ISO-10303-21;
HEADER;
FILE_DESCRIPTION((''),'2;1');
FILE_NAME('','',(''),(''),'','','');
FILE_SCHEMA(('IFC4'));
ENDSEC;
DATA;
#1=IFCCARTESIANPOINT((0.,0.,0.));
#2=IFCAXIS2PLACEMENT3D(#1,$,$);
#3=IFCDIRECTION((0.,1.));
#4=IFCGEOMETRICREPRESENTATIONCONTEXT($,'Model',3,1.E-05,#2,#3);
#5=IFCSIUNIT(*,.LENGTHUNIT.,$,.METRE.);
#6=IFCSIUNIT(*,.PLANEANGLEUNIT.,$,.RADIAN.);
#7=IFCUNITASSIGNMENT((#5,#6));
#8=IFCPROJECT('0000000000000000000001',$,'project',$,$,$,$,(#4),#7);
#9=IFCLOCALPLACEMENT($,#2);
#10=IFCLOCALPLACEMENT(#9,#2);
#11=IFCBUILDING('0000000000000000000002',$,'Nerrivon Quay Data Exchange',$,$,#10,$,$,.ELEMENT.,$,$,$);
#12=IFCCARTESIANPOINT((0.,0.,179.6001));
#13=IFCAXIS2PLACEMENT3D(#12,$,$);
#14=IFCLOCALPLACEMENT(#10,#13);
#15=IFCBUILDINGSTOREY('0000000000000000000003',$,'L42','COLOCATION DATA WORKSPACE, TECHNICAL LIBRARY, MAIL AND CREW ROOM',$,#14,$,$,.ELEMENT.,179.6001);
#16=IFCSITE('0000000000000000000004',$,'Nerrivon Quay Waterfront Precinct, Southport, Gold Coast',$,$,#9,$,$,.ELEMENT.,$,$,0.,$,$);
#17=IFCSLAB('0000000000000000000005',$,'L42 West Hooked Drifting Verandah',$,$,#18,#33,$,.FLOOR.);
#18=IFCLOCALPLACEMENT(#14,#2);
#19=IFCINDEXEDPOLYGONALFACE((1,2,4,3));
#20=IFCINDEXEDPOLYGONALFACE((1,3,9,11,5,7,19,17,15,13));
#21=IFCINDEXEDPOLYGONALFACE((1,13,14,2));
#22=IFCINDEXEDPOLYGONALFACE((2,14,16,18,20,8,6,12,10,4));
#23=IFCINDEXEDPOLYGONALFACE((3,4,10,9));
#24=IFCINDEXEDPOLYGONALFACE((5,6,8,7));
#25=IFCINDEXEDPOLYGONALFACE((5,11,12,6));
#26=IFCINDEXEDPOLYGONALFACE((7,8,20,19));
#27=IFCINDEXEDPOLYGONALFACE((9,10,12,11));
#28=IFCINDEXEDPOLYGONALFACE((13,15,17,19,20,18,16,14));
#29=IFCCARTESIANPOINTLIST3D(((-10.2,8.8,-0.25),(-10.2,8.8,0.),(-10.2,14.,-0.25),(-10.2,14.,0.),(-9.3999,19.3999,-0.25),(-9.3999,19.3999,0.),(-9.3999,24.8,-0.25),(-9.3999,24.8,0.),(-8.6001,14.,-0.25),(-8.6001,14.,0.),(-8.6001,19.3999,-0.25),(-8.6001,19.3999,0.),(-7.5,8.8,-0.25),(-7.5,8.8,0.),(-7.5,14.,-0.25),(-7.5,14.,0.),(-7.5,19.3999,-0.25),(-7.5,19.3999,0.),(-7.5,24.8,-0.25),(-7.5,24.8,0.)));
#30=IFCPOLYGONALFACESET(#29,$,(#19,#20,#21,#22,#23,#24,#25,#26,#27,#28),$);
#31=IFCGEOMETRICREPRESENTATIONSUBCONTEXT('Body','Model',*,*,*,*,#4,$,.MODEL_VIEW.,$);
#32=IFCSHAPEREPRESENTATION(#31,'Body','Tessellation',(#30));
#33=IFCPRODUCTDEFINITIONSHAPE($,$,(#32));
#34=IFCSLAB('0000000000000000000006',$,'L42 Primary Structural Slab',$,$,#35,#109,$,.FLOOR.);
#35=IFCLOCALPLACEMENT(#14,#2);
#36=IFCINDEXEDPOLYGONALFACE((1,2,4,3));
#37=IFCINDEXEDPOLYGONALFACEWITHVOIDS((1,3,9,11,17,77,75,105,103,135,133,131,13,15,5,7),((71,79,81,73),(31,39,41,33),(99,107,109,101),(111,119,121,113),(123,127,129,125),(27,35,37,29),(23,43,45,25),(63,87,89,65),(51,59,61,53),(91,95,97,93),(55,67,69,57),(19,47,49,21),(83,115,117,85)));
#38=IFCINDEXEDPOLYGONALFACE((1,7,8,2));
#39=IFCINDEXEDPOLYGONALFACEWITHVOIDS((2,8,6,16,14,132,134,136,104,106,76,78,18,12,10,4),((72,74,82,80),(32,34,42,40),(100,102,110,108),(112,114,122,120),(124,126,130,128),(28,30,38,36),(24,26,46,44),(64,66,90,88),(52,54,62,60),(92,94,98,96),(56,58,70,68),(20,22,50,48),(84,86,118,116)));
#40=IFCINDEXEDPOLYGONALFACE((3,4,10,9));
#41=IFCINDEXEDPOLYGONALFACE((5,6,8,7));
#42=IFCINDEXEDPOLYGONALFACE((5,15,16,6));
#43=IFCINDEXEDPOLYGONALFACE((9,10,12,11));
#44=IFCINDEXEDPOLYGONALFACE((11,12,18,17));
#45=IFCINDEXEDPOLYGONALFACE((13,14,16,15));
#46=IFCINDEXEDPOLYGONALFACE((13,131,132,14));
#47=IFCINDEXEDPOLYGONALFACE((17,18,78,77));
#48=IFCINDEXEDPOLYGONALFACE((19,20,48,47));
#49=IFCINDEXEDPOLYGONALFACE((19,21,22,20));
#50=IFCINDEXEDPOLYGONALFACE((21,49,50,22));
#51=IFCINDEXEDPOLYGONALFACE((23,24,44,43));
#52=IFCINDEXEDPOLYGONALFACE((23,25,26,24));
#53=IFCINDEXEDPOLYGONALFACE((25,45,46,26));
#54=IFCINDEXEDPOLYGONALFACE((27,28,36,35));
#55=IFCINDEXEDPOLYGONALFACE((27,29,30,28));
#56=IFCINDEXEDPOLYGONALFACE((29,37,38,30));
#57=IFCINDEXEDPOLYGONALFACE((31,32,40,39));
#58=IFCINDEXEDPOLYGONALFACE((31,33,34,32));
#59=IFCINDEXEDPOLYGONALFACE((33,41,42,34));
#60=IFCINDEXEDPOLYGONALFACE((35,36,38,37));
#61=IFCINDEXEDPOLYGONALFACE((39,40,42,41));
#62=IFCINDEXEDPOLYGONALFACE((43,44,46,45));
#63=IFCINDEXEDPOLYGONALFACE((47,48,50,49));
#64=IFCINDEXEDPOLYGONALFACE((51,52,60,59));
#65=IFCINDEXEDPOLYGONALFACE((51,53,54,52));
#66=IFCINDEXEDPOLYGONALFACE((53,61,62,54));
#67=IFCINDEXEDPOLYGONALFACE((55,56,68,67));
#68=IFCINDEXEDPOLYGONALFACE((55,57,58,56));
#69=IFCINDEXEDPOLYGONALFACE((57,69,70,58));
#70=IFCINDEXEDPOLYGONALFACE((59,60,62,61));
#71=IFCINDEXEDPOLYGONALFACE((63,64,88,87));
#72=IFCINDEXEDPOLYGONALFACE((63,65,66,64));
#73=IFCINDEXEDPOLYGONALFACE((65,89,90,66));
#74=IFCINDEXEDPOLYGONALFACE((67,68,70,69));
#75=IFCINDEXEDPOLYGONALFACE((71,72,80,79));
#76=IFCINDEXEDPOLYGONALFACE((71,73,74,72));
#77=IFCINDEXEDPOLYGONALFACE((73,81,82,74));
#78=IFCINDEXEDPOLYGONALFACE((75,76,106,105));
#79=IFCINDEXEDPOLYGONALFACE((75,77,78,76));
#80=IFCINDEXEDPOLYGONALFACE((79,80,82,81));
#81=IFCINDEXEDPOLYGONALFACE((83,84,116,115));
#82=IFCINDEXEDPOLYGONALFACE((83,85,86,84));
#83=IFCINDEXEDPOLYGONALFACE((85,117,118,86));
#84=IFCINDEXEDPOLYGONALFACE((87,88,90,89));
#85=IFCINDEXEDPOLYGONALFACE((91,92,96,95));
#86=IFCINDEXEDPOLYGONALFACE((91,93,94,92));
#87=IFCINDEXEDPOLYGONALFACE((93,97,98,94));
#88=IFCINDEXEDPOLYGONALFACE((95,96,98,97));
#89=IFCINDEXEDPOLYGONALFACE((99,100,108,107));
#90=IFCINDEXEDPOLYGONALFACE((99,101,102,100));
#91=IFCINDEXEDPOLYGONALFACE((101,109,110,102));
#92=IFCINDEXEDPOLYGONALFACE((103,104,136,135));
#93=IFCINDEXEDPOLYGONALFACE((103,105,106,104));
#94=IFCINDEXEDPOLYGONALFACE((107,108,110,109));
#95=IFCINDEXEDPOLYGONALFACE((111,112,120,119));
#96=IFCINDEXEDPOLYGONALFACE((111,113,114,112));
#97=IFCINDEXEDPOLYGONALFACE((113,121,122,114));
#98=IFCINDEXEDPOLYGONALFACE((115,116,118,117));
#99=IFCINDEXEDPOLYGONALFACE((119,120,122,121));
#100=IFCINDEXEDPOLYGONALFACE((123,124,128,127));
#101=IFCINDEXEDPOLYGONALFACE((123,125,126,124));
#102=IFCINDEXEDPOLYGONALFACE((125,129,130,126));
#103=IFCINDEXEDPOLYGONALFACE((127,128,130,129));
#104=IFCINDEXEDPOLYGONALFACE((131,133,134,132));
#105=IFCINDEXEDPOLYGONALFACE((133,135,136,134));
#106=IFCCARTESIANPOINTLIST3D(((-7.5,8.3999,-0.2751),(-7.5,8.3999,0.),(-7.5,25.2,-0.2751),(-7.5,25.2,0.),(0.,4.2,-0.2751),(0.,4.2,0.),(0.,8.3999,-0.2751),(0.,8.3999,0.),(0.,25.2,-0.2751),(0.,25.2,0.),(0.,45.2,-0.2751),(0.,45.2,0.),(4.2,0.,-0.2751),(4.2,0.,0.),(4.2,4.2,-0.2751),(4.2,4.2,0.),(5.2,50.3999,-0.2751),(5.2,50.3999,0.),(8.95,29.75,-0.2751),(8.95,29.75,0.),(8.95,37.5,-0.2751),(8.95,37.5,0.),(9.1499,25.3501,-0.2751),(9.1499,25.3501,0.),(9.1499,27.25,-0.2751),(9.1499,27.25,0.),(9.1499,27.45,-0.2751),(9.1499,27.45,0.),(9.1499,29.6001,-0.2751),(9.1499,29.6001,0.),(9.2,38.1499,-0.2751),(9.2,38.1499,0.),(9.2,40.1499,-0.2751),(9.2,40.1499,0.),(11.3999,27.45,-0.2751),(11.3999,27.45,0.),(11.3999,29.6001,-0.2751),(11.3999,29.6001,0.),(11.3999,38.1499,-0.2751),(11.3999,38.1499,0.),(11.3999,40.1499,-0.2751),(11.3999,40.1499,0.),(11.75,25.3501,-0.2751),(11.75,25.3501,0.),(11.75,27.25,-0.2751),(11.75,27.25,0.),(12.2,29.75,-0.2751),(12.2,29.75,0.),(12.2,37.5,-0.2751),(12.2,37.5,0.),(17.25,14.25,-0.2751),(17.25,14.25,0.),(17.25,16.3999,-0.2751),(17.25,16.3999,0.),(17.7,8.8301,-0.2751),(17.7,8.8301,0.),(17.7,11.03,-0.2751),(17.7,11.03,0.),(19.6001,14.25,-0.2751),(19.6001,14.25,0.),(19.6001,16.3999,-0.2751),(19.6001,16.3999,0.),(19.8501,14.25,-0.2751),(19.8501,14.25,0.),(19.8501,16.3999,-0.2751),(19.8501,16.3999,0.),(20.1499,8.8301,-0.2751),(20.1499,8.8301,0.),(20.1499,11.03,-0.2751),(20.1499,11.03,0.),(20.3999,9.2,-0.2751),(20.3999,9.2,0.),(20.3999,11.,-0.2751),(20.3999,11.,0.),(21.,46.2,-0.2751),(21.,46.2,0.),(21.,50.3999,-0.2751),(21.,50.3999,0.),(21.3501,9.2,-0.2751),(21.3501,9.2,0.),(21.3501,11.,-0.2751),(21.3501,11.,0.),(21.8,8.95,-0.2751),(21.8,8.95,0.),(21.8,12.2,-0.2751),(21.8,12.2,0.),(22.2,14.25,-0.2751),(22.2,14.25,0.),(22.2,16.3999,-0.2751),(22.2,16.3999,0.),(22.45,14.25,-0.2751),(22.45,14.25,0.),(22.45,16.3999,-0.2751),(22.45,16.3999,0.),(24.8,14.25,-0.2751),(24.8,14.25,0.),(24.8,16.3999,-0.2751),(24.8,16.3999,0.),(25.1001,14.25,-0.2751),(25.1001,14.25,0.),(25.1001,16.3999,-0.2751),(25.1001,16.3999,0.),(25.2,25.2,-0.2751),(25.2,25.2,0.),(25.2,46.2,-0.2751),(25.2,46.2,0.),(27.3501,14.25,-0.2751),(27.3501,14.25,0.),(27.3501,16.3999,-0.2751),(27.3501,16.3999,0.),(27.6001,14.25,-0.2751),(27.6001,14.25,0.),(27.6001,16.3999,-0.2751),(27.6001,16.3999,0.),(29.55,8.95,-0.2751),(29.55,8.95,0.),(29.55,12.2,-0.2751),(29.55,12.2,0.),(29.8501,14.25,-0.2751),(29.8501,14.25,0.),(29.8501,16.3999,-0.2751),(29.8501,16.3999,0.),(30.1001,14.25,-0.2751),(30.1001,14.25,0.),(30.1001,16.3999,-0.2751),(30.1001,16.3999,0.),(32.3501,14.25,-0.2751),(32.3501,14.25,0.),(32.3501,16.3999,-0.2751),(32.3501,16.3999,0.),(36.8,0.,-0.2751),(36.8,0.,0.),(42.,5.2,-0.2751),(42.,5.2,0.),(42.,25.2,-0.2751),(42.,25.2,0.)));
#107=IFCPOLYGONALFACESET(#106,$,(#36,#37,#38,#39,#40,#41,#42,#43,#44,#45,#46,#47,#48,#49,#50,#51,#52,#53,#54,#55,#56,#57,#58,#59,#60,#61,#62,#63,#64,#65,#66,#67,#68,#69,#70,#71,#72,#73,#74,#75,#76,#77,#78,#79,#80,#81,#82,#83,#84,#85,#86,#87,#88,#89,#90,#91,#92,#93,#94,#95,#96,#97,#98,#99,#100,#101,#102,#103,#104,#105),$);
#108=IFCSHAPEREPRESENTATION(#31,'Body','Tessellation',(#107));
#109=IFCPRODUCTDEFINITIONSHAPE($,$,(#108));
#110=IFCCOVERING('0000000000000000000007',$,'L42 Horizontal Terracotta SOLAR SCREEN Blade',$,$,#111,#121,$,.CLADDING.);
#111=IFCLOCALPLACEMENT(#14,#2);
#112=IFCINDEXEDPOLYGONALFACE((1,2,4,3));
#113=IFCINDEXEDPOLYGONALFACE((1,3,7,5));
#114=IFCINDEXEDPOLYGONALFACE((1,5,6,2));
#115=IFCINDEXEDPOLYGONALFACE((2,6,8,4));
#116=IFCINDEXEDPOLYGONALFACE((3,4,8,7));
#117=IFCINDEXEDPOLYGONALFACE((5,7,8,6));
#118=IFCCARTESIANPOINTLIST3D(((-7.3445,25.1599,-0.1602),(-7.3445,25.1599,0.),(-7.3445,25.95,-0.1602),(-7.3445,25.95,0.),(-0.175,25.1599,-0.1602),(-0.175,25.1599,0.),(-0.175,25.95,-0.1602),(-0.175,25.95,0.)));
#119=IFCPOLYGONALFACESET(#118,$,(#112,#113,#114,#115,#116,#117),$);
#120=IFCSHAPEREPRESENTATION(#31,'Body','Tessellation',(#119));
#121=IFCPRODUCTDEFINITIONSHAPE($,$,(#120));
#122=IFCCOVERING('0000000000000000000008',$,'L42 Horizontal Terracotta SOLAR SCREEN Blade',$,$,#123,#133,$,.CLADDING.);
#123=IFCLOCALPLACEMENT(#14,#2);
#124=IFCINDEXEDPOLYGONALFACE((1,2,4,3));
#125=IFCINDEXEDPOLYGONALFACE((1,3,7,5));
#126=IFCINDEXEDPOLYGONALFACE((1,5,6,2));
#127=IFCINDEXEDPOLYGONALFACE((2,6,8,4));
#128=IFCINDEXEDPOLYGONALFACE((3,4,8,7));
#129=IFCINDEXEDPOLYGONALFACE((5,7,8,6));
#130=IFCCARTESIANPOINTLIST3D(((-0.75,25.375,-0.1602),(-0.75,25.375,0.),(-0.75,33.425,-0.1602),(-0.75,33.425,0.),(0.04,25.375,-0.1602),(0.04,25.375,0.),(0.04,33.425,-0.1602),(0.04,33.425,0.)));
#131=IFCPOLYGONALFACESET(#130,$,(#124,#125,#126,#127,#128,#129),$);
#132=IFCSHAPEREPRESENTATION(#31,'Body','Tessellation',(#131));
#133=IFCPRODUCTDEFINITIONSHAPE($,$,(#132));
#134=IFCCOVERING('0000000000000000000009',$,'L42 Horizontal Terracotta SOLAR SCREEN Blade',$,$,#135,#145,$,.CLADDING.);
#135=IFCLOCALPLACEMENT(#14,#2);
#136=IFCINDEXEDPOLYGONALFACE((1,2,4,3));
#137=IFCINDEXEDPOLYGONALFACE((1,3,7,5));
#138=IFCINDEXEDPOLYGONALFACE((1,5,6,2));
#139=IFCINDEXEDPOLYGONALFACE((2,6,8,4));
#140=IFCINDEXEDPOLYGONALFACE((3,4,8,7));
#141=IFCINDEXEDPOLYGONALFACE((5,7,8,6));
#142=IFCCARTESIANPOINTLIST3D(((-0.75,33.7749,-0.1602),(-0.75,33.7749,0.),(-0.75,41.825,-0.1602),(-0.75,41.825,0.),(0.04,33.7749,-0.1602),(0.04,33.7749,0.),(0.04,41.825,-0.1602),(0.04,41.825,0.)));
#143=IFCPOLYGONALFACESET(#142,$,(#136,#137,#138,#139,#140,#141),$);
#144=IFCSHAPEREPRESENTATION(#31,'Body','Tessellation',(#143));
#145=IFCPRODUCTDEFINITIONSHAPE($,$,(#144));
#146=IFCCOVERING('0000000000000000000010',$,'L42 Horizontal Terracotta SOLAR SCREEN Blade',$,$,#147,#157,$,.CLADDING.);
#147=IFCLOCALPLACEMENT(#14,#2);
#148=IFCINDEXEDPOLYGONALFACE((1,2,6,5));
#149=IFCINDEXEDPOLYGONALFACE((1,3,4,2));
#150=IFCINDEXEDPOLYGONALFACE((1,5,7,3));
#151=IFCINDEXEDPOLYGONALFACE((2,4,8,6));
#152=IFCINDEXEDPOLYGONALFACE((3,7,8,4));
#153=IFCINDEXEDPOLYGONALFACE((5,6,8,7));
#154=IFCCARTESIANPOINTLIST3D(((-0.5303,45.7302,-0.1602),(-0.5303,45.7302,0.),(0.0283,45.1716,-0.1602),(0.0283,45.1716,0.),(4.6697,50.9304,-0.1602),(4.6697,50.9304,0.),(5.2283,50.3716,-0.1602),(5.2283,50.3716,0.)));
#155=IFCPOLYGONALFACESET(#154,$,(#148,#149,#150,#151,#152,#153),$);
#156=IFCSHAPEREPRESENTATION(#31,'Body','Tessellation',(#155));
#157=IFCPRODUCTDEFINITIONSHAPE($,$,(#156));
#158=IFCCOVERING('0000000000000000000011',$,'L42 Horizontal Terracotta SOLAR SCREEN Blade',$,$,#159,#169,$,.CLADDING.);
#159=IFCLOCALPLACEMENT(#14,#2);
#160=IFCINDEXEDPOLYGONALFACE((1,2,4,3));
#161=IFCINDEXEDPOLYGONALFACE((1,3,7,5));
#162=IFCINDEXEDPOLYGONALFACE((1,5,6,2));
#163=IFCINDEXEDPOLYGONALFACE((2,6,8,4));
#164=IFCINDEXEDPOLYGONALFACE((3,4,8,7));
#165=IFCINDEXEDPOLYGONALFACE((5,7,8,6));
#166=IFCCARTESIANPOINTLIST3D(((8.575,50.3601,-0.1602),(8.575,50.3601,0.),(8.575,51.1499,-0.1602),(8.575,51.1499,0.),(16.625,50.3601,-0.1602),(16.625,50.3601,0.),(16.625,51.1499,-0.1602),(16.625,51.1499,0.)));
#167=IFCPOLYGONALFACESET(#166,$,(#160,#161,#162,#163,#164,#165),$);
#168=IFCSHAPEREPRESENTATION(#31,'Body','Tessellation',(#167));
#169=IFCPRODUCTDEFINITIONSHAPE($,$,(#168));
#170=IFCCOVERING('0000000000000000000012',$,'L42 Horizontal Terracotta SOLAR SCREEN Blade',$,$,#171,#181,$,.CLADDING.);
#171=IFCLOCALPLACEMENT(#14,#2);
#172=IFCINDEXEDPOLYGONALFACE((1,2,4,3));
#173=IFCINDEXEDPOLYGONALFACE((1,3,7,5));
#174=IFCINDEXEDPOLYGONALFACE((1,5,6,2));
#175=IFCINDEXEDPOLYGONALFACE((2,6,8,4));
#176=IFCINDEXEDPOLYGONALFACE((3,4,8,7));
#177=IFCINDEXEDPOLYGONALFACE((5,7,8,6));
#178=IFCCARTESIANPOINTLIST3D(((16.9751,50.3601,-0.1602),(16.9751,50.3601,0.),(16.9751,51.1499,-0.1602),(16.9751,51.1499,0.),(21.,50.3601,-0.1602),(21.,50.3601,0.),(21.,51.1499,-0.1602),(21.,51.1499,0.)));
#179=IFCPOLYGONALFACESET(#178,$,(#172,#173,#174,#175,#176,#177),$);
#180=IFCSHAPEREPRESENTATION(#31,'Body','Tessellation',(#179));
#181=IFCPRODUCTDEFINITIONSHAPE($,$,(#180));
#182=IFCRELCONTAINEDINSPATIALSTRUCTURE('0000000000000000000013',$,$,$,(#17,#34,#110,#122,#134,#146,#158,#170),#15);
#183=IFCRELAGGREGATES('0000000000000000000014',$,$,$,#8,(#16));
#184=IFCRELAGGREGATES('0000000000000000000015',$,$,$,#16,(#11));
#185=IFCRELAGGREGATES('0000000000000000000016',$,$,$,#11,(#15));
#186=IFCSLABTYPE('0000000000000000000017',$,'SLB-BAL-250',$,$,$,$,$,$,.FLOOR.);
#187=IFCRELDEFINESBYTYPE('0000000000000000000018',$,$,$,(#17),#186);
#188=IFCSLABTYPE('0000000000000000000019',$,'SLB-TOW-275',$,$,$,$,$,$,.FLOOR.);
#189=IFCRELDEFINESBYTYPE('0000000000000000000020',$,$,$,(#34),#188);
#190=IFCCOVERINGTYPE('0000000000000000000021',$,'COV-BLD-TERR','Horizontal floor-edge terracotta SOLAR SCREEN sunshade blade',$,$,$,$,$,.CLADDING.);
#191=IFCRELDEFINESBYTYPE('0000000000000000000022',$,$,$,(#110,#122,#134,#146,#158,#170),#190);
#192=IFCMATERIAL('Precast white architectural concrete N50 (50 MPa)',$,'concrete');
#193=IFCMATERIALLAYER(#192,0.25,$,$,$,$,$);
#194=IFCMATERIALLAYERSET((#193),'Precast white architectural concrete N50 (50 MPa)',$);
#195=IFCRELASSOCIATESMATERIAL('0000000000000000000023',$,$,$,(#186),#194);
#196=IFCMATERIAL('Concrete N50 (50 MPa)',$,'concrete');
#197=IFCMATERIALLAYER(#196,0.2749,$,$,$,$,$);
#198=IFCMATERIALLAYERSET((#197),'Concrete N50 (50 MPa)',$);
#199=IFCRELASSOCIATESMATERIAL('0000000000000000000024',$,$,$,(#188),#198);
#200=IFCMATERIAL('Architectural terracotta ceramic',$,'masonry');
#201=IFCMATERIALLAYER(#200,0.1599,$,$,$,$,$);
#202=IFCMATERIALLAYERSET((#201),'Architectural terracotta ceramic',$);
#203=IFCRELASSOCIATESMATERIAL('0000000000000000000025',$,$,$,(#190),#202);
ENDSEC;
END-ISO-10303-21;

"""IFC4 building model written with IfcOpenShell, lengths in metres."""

from ifc_helpers import new_model, si_unit, direction, frame, origin, place, context, subcontext, project, spatial, polyline, outline, extrude, material, layer, layer_set, type_object, element, save


model = new_model("IFC4")

# Units and contexts
model_context = context("Model", 3, precision=1e-05, world=origin(), true_north=direction((0.0, 1.0)))
body_context = subcontext(model_context, "Body", "Model", "MODEL_VIEW")
ifc_project = project(units=[si_unit("LENGTHUNIT", "METRE"), si_unit("PLANEANGLEUNIT", "RADIAN")], contexts=[model_context])

# Site, building, storey
site_placement = place(None, origin())
site = spatial("IfcSite", under=ifc_project, at=site_placement, Name="Nerrivon Quay Waterfront Precinct, Southport, Gold Coast", CompositionType="ELEMENT", RefElevation=0.0)
building_placement = place(site_placement, origin())
building = spatial("IfcBuilding", under=site, at=building_placement, Name="Nerrivon Quay Data Exchange", CompositionType="ELEMENT")
storey_placement = place(building_placement, frame((0.0, 0.0, 179.6001)))
storey = spatial("IfcBuildingStorey", under=building, at=storey_placement, Name="L42", Description="COLOCATION DATA WORKSPACE, TECHNICAL LIBRARY, MAIL AND CREW ROOM", CompositionType="ELEMENT", Elevation=179.6001)

# Slabs
ifc_material_1 = material(Name="Precast white architectural concrete N50 (50 MPa)", Category="concrete")
ifc_layer_1 = layer(ifc_material_1, 0.25)
ifc_layer_set_1 = layer_set([ifc_layer_1], Name="Precast white architectural concrete N50 (50 MPa)")
slab_type_1 = type_object("IfcSlabType", Name="SLB-BAL-250", PredefinedType="FLOOR", material=ifc_layer_set_1)
slab_1_placement = place(storey_placement, frame((0.0, 0.0, -0.25)))
element("IfcSlab", 1, at=slab_1_placement, inside=storey, type_object=slab_type_1, Name="L42 West Hooked Drifting Verandah", PredefinedType="FLOOR", context=body_context, shape_type="SweptSolid", body=[
    extrude(outline(polyline([(-7.5, 14.0), (-7.5, 19.3999), (-7.5, 24.8), (-9.3999, 24.8), (-9.3999, 19.3999), (-8.6001, 19.3999), (-8.6001, 14.0), (-10.2, 14.0), (-10.2, 8.8), (-7.5, 8.8), (-7.5, 14.0)])), origin(), (0.0, 0.0, 1.0), 0.25),
])
ifc_material_2 = material(Name="Concrete N50 (50 MPa)", Category="concrete")
ifc_layer_2 = layer(ifc_material_2, 0.2749)
ifc_layer_set_2 = layer_set([ifc_layer_2], Name="Concrete N50 (50 MPa)")
slab_type_2 = type_object("IfcSlabType", Name="SLB-TOW-275", PredefinedType="FLOOR", material=ifc_layer_set_2)
slab_2_placement = place(storey_placement, frame((0.0, 0.0, -0.2751)))
element("IfcSlab", 2, at=slab_2_placement, inside=storey, type_object=slab_type_2, Name="L42 Primary Structural Slab", PredefinedType="FLOOR", context=body_context, shape_type="SweptSolid", body=[
    extrude(outline(polyline([(0.0, 8.3999), (0.0, 4.2), (4.2, 4.2), (4.2, 0.0), (36.8, 0.0), (42.0, 5.2), (42.0, 25.2), (25.2, 25.2), (25.2, 46.2), (21.0, 46.2), (21.0, 50.3999), (5.2, 50.3999), (0.0, 45.2), (0.0, 25.2), (-7.5, 25.2), (-7.5, 8.3999), (0.0, 8.3999)]), holes=[polyline([(8.95, 29.75), (8.95, 37.5), (12.2, 37.5), (12.2, 29.75), (8.95, 29.75)]), polyline([(21.8, 12.2), (29.55, 12.2), (29.55, 8.95), (21.8, 8.95), (21.8, 12.2)]), polyline([(30.1001, 16.3999), (32.3501, 16.3999), (32.3501, 14.25), (30.1001, 14.25), (30.1001, 16.3999)]), polyline([(27.6001, 16.3999), (29.8501, 16.3999), (29.8501, 14.25), (27.6001, 14.25), (27.6001, 16.3999)]), polyline([(25.1001, 14.25), (25.1001, 16.3999), (27.3501, 16.3999), (27.3501, 14.25), (25.1001, 14.25)]), polyline([(22.45, 16.3999), (24.8, 16.3999), (24.8, 14.25), (22.45, 14.25), (22.45, 16.3999)]), polyline([(19.8501, 16.3999), (22.2, 16.3999), (22.2, 14.25), (19.8501, 14.25), (19.8501, 16.3999)]), polyline([(20.3999, 9.2), (20.3999, 11.0), (21.3501, 11.0), (21.3501, 9.2), (20.3999, 9.2)]), polyline([(17.7, 8.8301), (17.7, 11.03), (20.1499, 11.03), (20.1499, 8.8301), (17.7, 8.8301)]), polyline([(17.25, 14.25), (17.25, 16.3999), (19.6001, 16.3999), (19.6001, 14.25), (17.25, 14.25)]), polyline([(9.1499, 27.25), (11.75, 27.25), (11.75, 25.3501), (9.1499, 25.3501), (9.1499, 27.25)]), polyline([(9.1499, 29.6001), (11.3999, 29.6001), (11.3999, 27.45), (9.1499, 27.45), (9.1499, 29.6001)]), polyline([(9.2, 38.1499), (9.2, 40.1499), (11.3999, 40.1499), (11.3999, 38.1499), (9.2, 38.1499)])]), origin(), (0.0, 0.0, 1.0), 0.2751),
])

# Coverings
ifc_material_3 = material(Name="Architectural terracotta ceramic", Category="masonry")
ifc_layer_3 = layer(ifc_material_3, 0.1599)
ifc_layer_set_3 = layer_set([ifc_layer_3], Name="Architectural terracotta ceramic")
covering_type = type_object("IfcCoveringType", Name="COV-BLD-TERR", Description="Horizontal floor-edge terracotta SOLAR SCREEN sunshade blade", PredefinedType="CLADDING", material=ifc_layer_set_3)
covering_1_placement = place(storey_placement, frame((0.0, 0.0, -0.1602)))
element("IfcCovering", 3, at=covering_1_placement, inside=storey, type_object=covering_type, Name="L42 Horizontal Terracotta SOLAR SCREEN Blade", PredefinedType="CLADDING", context=body_context, shape_type="SweptSolid", body=[
    extrude(outline(polyline([(-7.3445, 25.1599), (-0.175, 25.1599), (-0.175, 25.95), (-7.3445, 25.95), (-7.3445, 25.1599)])), origin(), (0.0, 0.0, 1.0), 0.1602),
])
covering_2_placement = place(storey_placement, frame((0.0, 0.0, -0.1602)))
element("IfcCovering", 4, at=covering_2_placement, inside=storey, type_object=covering_type, Name="L42 Horizontal Terracotta SOLAR SCREEN Blade", PredefinedType="CLADDING", context=body_context, shape_type="SweptSolid", body=[
    extrude(outline(polyline([(0.04, 25.375), (0.04, 33.425), (-0.75, 33.425), (-0.75, 25.375), (0.04, 25.375)])), origin(), (0.0, 0.0, 1.0), 0.1602),
])
covering_3_placement = place(storey_placement, frame((0.0, 0.0, -0.1602)))
element("IfcCovering", 5, at=covering_3_placement, inside=storey, type_object=covering_type, Name="L42 Horizontal Terracotta SOLAR SCREEN Blade", PredefinedType="CLADDING", context=body_context, shape_type="SweptSolid", body=[
    extrude(outline(polyline([(0.04, 33.7749), (0.04, 41.825), (-0.75, 41.825), (-0.75, 33.7749), (0.04, 33.7749)])), origin(), (0.0, 0.0, 1.0), 0.1602),
])
covering_4_placement = place(storey_placement, frame((0.0, 0.0, -0.1602)))
element("IfcCovering", 6, at=covering_4_placement, inside=storey, type_object=covering_type, Name="L42 Horizontal Terracotta SOLAR SCREEN Blade", PredefinedType="CLADDING", context=body_context, shape_type="SweptSolid", body=[
    extrude(outline(polyline([(0.0283, 45.1716), (5.2283, 50.3716), (4.6697, 50.9304), (-0.5303, 45.7302), (0.0283, 45.1716)])), origin(), (0.0, 0.0, 1.0), 0.1602),
])
covering_5_placement = place(storey_placement, frame((0.0, 0.0, -0.1602)))
element("IfcCovering", 7, at=covering_5_placement, inside=storey, type_object=covering_type, Name="L42 Horizontal Terracotta SOLAR SCREEN Blade", PredefinedType="CLADDING", context=body_context, shape_type="SweptSolid", body=[
    extrude(outline(polyline([(8.575, 50.3601), (16.625, 50.3601), (16.625, 51.1499), (8.575, 51.1499), (8.575, 50.3601)])), origin(), (0.0, 0.0, 1.0), 0.1602),
])
covering_6_placement = place(storey_placement, frame((0.0, 0.0, -0.1602)))
element("IfcCovering", 8, at=covering_6_placement, inside=storey, type_object=covering_type, Name="L42 Horizontal Terracotta SOLAR SCREEN Blade", PredefinedType="CLADDING", context=body_context, shape_type="SweptSolid", body=[
    extrude(outline(polyline([(16.9751, 50.3601), (21.0, 50.3601), (21.0, 51.1499), (16.9751, 51.1499), (16.9751, 50.3601)])), origin(), (0.0, 0.0, 1.0), 0.1602),
])

save(model, "model.ifc")
